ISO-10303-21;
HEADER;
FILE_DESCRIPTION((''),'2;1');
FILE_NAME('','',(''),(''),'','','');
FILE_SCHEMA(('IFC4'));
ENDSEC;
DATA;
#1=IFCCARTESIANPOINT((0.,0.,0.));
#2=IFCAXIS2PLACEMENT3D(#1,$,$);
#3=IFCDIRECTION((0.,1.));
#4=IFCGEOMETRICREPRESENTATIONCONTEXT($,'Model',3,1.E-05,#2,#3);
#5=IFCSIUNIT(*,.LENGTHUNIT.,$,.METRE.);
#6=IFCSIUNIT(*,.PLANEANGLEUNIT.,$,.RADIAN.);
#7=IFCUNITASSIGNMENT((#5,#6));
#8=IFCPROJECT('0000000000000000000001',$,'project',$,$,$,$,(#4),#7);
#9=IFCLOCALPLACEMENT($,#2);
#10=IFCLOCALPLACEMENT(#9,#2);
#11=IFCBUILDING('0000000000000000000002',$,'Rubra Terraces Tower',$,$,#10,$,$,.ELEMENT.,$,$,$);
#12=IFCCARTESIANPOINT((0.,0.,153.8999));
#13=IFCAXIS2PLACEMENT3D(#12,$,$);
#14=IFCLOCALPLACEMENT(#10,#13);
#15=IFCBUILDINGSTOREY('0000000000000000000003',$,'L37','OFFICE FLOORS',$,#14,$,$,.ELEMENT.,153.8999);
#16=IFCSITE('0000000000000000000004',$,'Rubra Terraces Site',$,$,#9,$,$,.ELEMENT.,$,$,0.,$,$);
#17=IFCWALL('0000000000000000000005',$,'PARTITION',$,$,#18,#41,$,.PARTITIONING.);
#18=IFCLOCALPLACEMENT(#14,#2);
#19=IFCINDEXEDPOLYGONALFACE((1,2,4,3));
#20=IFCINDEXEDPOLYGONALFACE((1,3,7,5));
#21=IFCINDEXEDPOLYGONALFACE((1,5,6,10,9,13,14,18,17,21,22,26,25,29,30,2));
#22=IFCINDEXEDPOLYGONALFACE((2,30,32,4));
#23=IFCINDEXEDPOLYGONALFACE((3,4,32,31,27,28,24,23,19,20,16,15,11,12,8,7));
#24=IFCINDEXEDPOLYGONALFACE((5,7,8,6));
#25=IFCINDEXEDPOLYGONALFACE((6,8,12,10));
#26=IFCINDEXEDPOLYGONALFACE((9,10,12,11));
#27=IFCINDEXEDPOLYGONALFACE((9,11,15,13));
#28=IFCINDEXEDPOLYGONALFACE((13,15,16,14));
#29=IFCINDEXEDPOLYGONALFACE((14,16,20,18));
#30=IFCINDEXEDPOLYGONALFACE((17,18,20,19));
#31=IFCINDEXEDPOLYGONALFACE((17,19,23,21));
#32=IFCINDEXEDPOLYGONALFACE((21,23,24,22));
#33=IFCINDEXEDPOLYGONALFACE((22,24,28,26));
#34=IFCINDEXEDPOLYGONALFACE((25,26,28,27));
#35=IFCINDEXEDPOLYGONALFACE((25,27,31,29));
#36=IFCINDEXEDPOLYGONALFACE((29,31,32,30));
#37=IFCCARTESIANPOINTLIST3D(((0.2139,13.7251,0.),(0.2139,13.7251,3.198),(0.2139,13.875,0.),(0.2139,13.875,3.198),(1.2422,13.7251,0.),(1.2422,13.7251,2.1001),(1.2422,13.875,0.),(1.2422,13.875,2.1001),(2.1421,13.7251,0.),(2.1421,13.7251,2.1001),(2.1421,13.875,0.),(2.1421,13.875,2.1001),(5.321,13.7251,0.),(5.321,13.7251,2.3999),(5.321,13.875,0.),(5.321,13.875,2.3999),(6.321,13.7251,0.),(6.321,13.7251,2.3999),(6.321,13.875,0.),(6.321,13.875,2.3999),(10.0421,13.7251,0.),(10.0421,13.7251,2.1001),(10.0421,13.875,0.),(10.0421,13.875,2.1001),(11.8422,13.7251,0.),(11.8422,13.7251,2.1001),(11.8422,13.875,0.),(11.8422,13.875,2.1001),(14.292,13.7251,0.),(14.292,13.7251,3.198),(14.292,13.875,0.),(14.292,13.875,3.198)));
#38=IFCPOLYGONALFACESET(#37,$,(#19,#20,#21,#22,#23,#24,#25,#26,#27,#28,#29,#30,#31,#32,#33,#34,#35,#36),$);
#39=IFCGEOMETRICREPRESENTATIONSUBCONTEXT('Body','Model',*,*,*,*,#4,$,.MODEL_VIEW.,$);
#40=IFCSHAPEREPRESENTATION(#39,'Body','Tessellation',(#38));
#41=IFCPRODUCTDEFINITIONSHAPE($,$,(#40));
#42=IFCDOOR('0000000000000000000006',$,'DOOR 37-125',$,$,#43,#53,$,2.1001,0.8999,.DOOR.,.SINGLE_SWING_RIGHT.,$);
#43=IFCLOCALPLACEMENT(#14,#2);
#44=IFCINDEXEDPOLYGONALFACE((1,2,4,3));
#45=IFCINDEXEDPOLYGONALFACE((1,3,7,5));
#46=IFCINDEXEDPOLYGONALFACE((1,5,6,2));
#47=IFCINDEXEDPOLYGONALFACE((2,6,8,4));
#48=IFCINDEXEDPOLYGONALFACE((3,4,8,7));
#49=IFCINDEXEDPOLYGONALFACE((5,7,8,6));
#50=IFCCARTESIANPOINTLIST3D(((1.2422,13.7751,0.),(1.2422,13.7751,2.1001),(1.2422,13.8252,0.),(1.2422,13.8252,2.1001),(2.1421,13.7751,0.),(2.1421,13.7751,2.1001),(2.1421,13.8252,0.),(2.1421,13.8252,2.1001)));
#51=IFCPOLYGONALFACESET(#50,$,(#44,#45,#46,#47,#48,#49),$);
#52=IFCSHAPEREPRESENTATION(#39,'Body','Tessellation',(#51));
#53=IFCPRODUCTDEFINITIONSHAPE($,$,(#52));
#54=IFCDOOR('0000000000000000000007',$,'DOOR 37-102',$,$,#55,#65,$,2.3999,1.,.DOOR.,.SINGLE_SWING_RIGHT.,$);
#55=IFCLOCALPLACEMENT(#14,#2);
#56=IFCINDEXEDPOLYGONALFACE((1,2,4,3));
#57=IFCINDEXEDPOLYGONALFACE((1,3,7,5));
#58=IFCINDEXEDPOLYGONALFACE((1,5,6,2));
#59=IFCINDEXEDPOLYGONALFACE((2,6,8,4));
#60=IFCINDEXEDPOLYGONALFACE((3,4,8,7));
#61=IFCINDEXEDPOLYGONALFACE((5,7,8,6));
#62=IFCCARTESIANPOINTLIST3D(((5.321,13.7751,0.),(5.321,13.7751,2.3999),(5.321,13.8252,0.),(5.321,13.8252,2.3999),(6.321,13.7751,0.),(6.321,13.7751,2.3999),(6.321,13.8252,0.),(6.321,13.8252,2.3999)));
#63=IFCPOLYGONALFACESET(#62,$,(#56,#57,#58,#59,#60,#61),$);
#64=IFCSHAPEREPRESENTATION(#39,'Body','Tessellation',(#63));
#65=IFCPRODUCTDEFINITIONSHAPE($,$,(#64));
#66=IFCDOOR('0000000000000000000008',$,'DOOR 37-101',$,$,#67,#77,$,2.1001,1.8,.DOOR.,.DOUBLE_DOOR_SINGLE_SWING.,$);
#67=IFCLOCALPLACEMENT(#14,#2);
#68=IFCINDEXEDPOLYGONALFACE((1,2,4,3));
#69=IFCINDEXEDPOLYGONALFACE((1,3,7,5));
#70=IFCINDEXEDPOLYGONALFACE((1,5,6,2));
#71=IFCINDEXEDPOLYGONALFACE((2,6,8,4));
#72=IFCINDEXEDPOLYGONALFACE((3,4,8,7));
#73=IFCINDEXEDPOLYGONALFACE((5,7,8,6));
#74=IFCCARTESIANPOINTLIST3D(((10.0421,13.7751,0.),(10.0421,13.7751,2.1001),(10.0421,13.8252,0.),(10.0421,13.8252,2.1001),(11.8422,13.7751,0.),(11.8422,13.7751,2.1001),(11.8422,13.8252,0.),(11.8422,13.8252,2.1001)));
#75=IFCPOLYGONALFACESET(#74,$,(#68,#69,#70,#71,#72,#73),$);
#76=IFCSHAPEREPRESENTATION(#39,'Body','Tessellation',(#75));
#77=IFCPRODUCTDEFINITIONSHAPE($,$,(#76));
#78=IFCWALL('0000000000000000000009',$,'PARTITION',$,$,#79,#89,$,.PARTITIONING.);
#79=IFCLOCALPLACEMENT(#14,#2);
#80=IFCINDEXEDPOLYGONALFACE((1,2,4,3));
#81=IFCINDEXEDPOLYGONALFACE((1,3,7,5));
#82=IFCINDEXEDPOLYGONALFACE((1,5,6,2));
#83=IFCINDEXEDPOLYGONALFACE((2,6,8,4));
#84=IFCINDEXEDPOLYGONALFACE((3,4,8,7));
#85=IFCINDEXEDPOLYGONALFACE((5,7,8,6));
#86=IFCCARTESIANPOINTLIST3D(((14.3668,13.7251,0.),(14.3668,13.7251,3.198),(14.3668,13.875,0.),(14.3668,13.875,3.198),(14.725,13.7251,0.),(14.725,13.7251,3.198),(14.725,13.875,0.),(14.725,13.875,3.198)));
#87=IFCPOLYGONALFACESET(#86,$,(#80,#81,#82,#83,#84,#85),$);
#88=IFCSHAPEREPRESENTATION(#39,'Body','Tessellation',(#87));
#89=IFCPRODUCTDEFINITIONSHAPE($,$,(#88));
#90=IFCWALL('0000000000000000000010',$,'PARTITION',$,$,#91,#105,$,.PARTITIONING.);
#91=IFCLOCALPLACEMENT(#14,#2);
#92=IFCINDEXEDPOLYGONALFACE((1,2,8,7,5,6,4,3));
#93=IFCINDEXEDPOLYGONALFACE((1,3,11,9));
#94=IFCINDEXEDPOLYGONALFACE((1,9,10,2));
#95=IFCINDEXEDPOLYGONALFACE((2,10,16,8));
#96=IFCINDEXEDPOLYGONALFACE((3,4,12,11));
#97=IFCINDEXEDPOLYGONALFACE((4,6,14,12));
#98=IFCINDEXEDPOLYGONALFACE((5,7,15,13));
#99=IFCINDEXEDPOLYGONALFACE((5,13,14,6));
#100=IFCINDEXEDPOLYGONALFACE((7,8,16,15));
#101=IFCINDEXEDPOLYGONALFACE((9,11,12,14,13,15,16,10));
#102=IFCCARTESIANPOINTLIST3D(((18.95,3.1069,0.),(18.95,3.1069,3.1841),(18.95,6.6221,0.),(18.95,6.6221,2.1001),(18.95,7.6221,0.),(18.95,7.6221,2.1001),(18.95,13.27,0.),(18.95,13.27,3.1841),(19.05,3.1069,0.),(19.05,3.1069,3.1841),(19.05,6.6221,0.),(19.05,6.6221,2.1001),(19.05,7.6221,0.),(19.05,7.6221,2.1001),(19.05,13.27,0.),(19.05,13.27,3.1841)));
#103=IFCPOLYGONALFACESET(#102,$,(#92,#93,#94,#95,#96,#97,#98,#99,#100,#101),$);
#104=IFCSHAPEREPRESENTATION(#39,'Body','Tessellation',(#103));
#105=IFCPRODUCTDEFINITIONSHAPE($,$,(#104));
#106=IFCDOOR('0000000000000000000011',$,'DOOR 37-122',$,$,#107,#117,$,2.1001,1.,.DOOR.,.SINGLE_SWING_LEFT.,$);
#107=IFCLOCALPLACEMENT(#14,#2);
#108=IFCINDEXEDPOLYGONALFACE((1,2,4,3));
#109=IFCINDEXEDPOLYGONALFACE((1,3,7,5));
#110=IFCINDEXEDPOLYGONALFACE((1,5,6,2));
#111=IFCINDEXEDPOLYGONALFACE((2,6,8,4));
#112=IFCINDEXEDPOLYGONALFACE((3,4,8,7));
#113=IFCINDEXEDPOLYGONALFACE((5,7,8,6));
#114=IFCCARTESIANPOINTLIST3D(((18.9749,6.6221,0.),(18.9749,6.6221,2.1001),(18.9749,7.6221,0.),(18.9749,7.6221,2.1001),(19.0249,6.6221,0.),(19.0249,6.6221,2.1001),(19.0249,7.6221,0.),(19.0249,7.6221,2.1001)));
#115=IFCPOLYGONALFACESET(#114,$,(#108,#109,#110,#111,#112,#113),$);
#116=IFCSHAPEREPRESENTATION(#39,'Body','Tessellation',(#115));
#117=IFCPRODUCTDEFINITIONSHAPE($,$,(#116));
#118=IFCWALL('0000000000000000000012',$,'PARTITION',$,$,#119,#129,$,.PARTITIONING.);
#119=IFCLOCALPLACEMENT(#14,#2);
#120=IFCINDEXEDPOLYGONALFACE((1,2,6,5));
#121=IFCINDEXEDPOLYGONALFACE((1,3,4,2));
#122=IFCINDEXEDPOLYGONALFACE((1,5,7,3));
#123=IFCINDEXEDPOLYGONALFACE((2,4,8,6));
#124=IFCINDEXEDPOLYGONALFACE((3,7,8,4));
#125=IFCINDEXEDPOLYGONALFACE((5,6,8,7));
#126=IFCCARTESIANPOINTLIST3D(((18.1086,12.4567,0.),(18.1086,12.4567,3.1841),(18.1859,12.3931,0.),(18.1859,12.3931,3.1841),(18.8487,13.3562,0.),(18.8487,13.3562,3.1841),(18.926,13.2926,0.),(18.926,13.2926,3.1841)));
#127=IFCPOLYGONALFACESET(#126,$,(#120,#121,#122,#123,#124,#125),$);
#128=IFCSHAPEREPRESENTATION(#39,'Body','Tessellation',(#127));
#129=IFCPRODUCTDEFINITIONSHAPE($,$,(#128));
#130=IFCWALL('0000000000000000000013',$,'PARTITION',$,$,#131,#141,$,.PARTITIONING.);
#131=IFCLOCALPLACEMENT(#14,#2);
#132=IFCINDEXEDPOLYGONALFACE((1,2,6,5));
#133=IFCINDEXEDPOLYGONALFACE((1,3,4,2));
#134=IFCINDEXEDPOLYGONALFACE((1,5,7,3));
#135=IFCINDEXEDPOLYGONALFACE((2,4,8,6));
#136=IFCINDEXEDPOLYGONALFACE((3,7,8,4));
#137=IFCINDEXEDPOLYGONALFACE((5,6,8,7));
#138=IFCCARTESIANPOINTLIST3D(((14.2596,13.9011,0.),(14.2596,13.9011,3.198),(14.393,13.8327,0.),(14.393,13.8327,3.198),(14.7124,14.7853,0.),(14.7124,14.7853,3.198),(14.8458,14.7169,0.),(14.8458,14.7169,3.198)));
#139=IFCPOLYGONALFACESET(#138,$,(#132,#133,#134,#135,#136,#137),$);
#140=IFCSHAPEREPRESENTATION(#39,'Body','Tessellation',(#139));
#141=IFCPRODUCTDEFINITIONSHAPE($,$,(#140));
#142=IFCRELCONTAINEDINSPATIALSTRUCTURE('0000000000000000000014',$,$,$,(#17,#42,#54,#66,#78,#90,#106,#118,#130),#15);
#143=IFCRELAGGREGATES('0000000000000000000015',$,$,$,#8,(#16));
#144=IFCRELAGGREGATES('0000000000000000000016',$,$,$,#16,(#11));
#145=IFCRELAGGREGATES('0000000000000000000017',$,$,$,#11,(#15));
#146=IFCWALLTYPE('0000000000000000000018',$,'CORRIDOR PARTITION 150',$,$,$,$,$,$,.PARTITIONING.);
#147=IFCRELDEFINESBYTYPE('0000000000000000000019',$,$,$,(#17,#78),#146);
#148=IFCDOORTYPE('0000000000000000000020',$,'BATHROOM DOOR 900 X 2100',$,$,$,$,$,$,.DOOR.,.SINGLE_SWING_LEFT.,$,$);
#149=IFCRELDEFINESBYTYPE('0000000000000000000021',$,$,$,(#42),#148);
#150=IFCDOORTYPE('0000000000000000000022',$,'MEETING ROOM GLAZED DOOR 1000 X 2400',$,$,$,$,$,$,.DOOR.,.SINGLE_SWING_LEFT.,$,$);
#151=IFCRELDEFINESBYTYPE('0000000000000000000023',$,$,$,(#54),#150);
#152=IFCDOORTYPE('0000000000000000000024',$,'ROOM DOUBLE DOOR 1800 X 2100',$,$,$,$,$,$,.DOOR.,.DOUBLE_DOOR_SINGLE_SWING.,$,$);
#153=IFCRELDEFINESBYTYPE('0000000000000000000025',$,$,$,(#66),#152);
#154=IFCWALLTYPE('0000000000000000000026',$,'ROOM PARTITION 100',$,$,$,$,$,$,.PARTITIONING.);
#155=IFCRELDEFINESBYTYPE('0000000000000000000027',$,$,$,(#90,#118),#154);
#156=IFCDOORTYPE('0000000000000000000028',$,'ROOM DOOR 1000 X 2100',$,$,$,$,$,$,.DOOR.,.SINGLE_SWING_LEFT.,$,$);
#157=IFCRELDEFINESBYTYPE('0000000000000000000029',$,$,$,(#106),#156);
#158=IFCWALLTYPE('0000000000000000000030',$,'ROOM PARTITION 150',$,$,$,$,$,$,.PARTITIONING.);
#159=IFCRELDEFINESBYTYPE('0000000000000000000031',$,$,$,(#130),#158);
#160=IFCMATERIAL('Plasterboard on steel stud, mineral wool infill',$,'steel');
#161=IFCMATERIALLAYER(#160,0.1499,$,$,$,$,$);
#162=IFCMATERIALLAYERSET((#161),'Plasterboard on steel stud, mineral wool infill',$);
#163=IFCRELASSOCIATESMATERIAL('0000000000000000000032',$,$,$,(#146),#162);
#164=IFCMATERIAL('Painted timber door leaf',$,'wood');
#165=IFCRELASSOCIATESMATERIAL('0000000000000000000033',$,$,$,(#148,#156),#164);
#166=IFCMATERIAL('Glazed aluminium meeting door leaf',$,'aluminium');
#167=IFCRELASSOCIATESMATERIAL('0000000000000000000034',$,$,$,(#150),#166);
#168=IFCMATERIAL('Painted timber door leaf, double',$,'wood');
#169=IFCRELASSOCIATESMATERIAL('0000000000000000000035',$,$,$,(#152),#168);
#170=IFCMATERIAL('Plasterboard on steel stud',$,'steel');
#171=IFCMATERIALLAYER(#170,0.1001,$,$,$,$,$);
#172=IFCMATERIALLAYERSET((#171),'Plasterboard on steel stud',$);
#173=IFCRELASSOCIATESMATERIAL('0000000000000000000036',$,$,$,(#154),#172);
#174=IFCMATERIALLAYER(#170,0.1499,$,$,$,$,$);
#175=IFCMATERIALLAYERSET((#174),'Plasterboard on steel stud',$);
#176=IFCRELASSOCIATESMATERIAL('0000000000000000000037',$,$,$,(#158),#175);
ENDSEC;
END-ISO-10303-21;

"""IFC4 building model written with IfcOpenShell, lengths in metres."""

from ifc_helpers import new_model, si_unit, direction, frame, frame_2d, origin, place, context, subcontext, project, spatial, rectangle, extrude, material, layer, layer_set, type_object, element, fill, save


model = new_model("IFC4")

# Units and contexts
model_context = context("Model", 3, precision=1e-05, world=origin(), true_north=direction((0.0, 1.0)))
body_context = subcontext(model_context, "Body", "Model", "MODEL_VIEW")
ifc_project = project(units=[si_unit("LENGTHUNIT", "METRE"), si_unit("PLANEANGLEUNIT", "RADIAN")], contexts=[model_context])

# Site, building, storey
site_placement = place(None, origin())
site = spatial("IfcSite", under=ifc_project, at=site_placement, Name="Rubra Terraces Site", CompositionType="ELEMENT", RefElevation=0.0)
building_placement = place(site_placement, origin())
building = spatial("IfcBuilding", under=site, at=building_placement, Name="Rubra Terraces Tower", CompositionType="ELEMENT")
storey_placement = place(building_placement, frame((0.0, 0.0, 153.8999)))
storey = spatial("IfcBuildingStorey", under=building, at=storey_placement, Name="L37", Description="OFFICE FLOORS", CompositionType="ELEMENT", Elevation=153.8999)

# Wall, openings, doors
ifc_material_1 = material(Name="Plasterboard on steel stud, mineral wool infill", Category="steel")
ifc_layer_1 = layer(ifc_material_1, 0.1499)
ifc_layer_set_1 = layer_set([ifc_layer_1], Name="Plasterboard on steel stud, mineral wool infill")
wall_type_1 = type_object("IfcWallType", Name="CORRIDOR PARTITION 150", PredefinedType="PARTITIONING", material=ifc_layer_set_1)
wall_1_placement = place(storey_placement, frame((14.292, 13.8, 0.0), z_axis=(0.0, 0.0, 1.0), x_axis=(-1.0, 0.0, 0.0)))
wall_1 = element("IfcWall", 1, at=wall_1_placement, inside=storey, type_object=wall_type_1, Name="PARTITION", PredefinedType="PARTITIONING", context=body_context, shape_type="SweptSolid", body=[
    extrude(rectangle(XDim=14.0781, YDim=0.1499, at=frame_2d((7.0391, 0.0))), origin(), (0.0, 0.0, 1.0), 3.198),
])
opening_1_placement = place(wall_1_placement, frame((2.45, 0.0, 0.0)))
opening_1 = element("IfcOpeningElement", 2, at=opening_1_placement, cuts=wall_1, PredefinedType="OPENING", context=body_context, shape_type="SweptSolid", body=[
    extrude(rectangle(XDim=1.8, YDim=2.1001, at=frame_2d((0.8999, 1.05))), frame((0.0, 0.085, 0.0), z_axis=(0.0, -1.0, 0.0), x_axis=(1.0, 0.0, 0.0)), (0.0, 0.0, 1.0), 0.1699),
])
opening_2_placement = place(wall_1_placement, frame((7.9709, 0.0, 0.0)))
opening_2 = element("IfcOpeningElement", 3, at=opening_2_placement, cuts=wall_1, PredefinedType="OPENING", context=body_context, shape_type="SweptSolid", body=[
    extrude(rectangle(XDim=1.0, YDim=2.3999, at=frame_2d((0.5, 1.2))), frame((0.0, 0.085, 0.0), z_axis=(0.0, -1.0, 0.0), x_axis=(1.0, 0.0, 0.0)), (0.0, 0.0, 1.0), 0.1699),
])
opening_3_placement = place(wall_1_placement, frame((12.1499, 0.0, 0.0)))
opening_3 = element("IfcOpeningElement", 4, at=opening_3_placement, cuts=wall_1, PredefinedType="OPENING", context=body_context, shape_type="SweptSolid", body=[
    extrude(rectangle(XDim=0.8999, YDim=2.1001, at=frame_2d((0.45, 1.05))), frame((0.0, 0.085, 0.0), z_axis=(0.0, -1.0, 0.0), x_axis=(1.0, 0.0, 0.0)), (0.0, 0.0, 1.0), 0.1699),
])
ifc_material_2 = material(Name="Painted timber door leaf", Category="wood")
door_type_1 = type_object("IfcDoorType", Name="BATHROOM DOOR 900 X 2100", OperationType="SINGLE_SWING_LEFT", PredefinedType="DOOR", material=ifc_material_2)
door_1_placement = place(opening_3_placement, origin())
door_1 = element("IfcDoor", 5, at=door_1_placement, inside=storey, type_object=door_type_1, Name="DOOR 37-125", OperationType="SINGLE_SWING_RIGHT", OverallHeight=2.1001, OverallWidth=0.8999, PredefinedType="DOOR", context=body_context, shape_type="SweptSolid", body=[
    extrude(rectangle(XDim=0.8999, YDim=2.1001, at=frame_2d((0.45, 1.05))), frame((0.0, 0.0249, 0.0), z_axis=(0.0, -1.0, 0.0), x_axis=(1.0, 0.0, 0.0)), (0.0, 0.0, 1.0), 0.05),
])
fill(opening_3, door_1)
ifc_material_3 = material(Name="Glazed aluminium meeting door leaf", Category="aluminium")
door_type_2 = type_object("IfcDoorType", Name="MEETING ROOM GLAZED DOOR 1000 X 2400", OperationType="SINGLE_SWING_LEFT", PredefinedType="DOOR", material=ifc_material_3)
door_2_placement = place(opening_2_placement, origin())
door_2 = element("IfcDoor", 6, at=door_2_placement, inside=storey, type_object=door_type_2, Name="DOOR 37-102", OperationType="SINGLE_SWING_RIGHT", OverallHeight=2.3999, OverallWidth=1.0, PredefinedType="DOOR", context=body_context, shape_type="SweptSolid", body=[
    extrude(rectangle(XDim=1.0, YDim=2.3999, at=frame_2d((0.5, 1.2))), frame((0.0, 0.0249, 0.0), z_axis=(0.0, -1.0, 0.0), x_axis=(1.0, 0.0, 0.0)), (0.0, 0.0, 1.0), 0.05),
])
fill(opening_2, door_2)
ifc_material_4 = material(Name="Painted timber door leaf, double", Category="wood")
door_type_3 = type_object("IfcDoorType", Name="ROOM DOUBLE DOOR 1800 X 2100", OperationType="DOUBLE_DOOR_SINGLE_SWING", PredefinedType="DOOR", material=ifc_material_4)
door_3_placement = place(opening_1_placement, origin())
door_3 = element("IfcDoor", 7, at=door_3_placement, inside=storey, type_object=door_type_3, Name="DOOR 37-101", OperationType="DOUBLE_DOOR_SINGLE_SWING", OverallHeight=2.1001, OverallWidth=1.8, PredefinedType="DOOR", context=body_context, shape_type="SweptSolid", body=[
    extrude(rectangle(XDim=1.8, YDim=2.1001, at=frame_2d((0.8999, 1.05))), frame((0.0, 0.0249, 0.0), z_axis=(0.0, -1.0, 0.0), x_axis=(1.0, 0.0, 0.0)), (0.0, 0.0, 1.0), 0.05),
])
fill(opening_1, door_3)

# Wall
wall_2_placement = place(storey_placement, frame((14.7251, 13.8, 0.0), z_axis=(0.0, 0.0, 1.0), x_axis=(-1.0, 0.0, 0.0)))
element("IfcWall", 8, at=wall_2_placement, inside=storey, type_object=wall_type_1, Name="PARTITION", PredefinedType="PARTITIONING", context=body_context, shape_type="SweptSolid", body=[
    extrude(rectangle(XDim=0.3582, YDim=0.1499, at=frame_2d((0.1792, 0.0))), origin(), (0.0, 0.0, 1.0), 3.198),
])

# Wall, opening, door
ifc_material_5 = material(Name="Plasterboard on steel stud", Category="steel")
ifc_layer_2 = layer(ifc_material_5, 0.1001)
ifc_layer_set_2 = layer_set([ifc_layer_2], Name="Plasterboard on steel stud")
wall_type_2 = type_object("IfcWallType", Name="ROOM PARTITION 100", PredefinedType="PARTITIONING", material=ifc_layer_set_2)
wall_3_placement = place(storey_placement, frame((19.0, 13.27, 0.0), z_axis=(0.0, 0.0, 1.0), x_axis=(0.0, -1.0, 0.0)))
wall_3 = element("IfcWall", 9, at=wall_3_placement, inside=storey, type_object=wall_type_2, Name="PARTITION", PredefinedType="PARTITIONING", context=body_context, shape_type="SweptSolid", body=[
    extrude(rectangle(XDim=10.1631, YDim=0.1001, at=frame_2d((5.0815, 0.0))), origin(), (0.0, 0.0, 1.0), 3.1841),
])
opening_4_placement = place(wall_3_placement, frame((5.6479, 0.0, 0.0)))
opening_4 = element("IfcOpeningElement", 10, at=opening_4_placement, cuts=wall_3, PredefinedType="OPENING", context=body_context, shape_type="SweptSolid", body=[
    extrude(rectangle(XDim=1.0, YDim=2.1001, at=frame_2d((0.5, 1.05))), frame((0.0, 0.0601, 0.0), z_axis=(0.0, -1.0, 0.0), x_axis=(1.0, 0.0, 0.0)), (0.0, 0.0, 1.0), 0.1201),
])
door_type_4 = type_object("IfcDoorType", Name="ROOM DOOR 1000 X 2100", OperationType="SINGLE_SWING_LEFT", PredefinedType="DOOR", material=ifc_material_2)
door_4_placement = place(opening_4_placement, origin())
door_4 = element("IfcDoor", 11, at=door_4_placement, inside=storey, type_object=door_type_4, Name="DOOR 37-122", OperationType="SINGLE_SWING_LEFT", OverallHeight=2.1001, OverallWidth=1.0, PredefinedType="DOOR", context=body_context, shape_type="SweptSolid", body=[
    extrude(rectangle(XDim=1.0, YDim=2.1001, at=frame_2d((0.5, 1.05))), frame((0.0, 0.0249, 0.0), z_axis=(0.0, -1.0, 0.0), x_axis=(1.0, 0.0, 0.0)), (0.0, 0.0, 1.0), 0.05),
])
fill(opening_4, door_4)

# Walls
wall_4_placement = place(storey_placement, frame((18.1472, 12.4248, 0.0), z_axis=(0.0, 0.0, 1.0), x_axis=(0.635347, 0.772227, 0.0)))
element("IfcWall", 12, at=wall_4_placement, inside=storey, type_object=wall_type_2, Name="PARTITION", PredefinedType="PARTITIONING", context=body_context, shape_type="SweptSolid", body=[
    extrude(rectangle(XDim=1.1648, YDim=0.1001, at=frame_2d((0.5825, 0.0))), origin(), (0.0, 0.0, 1.0), 3.1841),
])
ifc_layer_3 = layer(ifc_material_5, 0.1499)
ifc_layer_set_3 = layer_set([ifc_layer_3], Name="Plasterboard on steel stud")
wall_type_3 = type_object("IfcWallType", Name="ROOM PARTITION 150", PredefinedType="PARTITIONING", material=ifc_layer_set_3)
wall_5_placement = place(storey_placement, frame((14.7791, 14.751, 0.0), z_axis=(0.0, 0.0, 1.0), x_axis=(-0.455843, -0.89006, 0.0)))
element("IfcWall", 13, at=wall_5_placement, inside=storey, type_object=wall_type_3, Name="PARTITION", PredefinedType="PARTITIONING", context=body_context, shape_type="SweptSolid", body=[
    extrude(rectangle(XDim=0.9934, YDim=0.1499, at=frame_2d((0.4966, 0.0))), origin(), (0.0, 0.0, 1.0), 3.198),
])

save(model, "model.ifc")
